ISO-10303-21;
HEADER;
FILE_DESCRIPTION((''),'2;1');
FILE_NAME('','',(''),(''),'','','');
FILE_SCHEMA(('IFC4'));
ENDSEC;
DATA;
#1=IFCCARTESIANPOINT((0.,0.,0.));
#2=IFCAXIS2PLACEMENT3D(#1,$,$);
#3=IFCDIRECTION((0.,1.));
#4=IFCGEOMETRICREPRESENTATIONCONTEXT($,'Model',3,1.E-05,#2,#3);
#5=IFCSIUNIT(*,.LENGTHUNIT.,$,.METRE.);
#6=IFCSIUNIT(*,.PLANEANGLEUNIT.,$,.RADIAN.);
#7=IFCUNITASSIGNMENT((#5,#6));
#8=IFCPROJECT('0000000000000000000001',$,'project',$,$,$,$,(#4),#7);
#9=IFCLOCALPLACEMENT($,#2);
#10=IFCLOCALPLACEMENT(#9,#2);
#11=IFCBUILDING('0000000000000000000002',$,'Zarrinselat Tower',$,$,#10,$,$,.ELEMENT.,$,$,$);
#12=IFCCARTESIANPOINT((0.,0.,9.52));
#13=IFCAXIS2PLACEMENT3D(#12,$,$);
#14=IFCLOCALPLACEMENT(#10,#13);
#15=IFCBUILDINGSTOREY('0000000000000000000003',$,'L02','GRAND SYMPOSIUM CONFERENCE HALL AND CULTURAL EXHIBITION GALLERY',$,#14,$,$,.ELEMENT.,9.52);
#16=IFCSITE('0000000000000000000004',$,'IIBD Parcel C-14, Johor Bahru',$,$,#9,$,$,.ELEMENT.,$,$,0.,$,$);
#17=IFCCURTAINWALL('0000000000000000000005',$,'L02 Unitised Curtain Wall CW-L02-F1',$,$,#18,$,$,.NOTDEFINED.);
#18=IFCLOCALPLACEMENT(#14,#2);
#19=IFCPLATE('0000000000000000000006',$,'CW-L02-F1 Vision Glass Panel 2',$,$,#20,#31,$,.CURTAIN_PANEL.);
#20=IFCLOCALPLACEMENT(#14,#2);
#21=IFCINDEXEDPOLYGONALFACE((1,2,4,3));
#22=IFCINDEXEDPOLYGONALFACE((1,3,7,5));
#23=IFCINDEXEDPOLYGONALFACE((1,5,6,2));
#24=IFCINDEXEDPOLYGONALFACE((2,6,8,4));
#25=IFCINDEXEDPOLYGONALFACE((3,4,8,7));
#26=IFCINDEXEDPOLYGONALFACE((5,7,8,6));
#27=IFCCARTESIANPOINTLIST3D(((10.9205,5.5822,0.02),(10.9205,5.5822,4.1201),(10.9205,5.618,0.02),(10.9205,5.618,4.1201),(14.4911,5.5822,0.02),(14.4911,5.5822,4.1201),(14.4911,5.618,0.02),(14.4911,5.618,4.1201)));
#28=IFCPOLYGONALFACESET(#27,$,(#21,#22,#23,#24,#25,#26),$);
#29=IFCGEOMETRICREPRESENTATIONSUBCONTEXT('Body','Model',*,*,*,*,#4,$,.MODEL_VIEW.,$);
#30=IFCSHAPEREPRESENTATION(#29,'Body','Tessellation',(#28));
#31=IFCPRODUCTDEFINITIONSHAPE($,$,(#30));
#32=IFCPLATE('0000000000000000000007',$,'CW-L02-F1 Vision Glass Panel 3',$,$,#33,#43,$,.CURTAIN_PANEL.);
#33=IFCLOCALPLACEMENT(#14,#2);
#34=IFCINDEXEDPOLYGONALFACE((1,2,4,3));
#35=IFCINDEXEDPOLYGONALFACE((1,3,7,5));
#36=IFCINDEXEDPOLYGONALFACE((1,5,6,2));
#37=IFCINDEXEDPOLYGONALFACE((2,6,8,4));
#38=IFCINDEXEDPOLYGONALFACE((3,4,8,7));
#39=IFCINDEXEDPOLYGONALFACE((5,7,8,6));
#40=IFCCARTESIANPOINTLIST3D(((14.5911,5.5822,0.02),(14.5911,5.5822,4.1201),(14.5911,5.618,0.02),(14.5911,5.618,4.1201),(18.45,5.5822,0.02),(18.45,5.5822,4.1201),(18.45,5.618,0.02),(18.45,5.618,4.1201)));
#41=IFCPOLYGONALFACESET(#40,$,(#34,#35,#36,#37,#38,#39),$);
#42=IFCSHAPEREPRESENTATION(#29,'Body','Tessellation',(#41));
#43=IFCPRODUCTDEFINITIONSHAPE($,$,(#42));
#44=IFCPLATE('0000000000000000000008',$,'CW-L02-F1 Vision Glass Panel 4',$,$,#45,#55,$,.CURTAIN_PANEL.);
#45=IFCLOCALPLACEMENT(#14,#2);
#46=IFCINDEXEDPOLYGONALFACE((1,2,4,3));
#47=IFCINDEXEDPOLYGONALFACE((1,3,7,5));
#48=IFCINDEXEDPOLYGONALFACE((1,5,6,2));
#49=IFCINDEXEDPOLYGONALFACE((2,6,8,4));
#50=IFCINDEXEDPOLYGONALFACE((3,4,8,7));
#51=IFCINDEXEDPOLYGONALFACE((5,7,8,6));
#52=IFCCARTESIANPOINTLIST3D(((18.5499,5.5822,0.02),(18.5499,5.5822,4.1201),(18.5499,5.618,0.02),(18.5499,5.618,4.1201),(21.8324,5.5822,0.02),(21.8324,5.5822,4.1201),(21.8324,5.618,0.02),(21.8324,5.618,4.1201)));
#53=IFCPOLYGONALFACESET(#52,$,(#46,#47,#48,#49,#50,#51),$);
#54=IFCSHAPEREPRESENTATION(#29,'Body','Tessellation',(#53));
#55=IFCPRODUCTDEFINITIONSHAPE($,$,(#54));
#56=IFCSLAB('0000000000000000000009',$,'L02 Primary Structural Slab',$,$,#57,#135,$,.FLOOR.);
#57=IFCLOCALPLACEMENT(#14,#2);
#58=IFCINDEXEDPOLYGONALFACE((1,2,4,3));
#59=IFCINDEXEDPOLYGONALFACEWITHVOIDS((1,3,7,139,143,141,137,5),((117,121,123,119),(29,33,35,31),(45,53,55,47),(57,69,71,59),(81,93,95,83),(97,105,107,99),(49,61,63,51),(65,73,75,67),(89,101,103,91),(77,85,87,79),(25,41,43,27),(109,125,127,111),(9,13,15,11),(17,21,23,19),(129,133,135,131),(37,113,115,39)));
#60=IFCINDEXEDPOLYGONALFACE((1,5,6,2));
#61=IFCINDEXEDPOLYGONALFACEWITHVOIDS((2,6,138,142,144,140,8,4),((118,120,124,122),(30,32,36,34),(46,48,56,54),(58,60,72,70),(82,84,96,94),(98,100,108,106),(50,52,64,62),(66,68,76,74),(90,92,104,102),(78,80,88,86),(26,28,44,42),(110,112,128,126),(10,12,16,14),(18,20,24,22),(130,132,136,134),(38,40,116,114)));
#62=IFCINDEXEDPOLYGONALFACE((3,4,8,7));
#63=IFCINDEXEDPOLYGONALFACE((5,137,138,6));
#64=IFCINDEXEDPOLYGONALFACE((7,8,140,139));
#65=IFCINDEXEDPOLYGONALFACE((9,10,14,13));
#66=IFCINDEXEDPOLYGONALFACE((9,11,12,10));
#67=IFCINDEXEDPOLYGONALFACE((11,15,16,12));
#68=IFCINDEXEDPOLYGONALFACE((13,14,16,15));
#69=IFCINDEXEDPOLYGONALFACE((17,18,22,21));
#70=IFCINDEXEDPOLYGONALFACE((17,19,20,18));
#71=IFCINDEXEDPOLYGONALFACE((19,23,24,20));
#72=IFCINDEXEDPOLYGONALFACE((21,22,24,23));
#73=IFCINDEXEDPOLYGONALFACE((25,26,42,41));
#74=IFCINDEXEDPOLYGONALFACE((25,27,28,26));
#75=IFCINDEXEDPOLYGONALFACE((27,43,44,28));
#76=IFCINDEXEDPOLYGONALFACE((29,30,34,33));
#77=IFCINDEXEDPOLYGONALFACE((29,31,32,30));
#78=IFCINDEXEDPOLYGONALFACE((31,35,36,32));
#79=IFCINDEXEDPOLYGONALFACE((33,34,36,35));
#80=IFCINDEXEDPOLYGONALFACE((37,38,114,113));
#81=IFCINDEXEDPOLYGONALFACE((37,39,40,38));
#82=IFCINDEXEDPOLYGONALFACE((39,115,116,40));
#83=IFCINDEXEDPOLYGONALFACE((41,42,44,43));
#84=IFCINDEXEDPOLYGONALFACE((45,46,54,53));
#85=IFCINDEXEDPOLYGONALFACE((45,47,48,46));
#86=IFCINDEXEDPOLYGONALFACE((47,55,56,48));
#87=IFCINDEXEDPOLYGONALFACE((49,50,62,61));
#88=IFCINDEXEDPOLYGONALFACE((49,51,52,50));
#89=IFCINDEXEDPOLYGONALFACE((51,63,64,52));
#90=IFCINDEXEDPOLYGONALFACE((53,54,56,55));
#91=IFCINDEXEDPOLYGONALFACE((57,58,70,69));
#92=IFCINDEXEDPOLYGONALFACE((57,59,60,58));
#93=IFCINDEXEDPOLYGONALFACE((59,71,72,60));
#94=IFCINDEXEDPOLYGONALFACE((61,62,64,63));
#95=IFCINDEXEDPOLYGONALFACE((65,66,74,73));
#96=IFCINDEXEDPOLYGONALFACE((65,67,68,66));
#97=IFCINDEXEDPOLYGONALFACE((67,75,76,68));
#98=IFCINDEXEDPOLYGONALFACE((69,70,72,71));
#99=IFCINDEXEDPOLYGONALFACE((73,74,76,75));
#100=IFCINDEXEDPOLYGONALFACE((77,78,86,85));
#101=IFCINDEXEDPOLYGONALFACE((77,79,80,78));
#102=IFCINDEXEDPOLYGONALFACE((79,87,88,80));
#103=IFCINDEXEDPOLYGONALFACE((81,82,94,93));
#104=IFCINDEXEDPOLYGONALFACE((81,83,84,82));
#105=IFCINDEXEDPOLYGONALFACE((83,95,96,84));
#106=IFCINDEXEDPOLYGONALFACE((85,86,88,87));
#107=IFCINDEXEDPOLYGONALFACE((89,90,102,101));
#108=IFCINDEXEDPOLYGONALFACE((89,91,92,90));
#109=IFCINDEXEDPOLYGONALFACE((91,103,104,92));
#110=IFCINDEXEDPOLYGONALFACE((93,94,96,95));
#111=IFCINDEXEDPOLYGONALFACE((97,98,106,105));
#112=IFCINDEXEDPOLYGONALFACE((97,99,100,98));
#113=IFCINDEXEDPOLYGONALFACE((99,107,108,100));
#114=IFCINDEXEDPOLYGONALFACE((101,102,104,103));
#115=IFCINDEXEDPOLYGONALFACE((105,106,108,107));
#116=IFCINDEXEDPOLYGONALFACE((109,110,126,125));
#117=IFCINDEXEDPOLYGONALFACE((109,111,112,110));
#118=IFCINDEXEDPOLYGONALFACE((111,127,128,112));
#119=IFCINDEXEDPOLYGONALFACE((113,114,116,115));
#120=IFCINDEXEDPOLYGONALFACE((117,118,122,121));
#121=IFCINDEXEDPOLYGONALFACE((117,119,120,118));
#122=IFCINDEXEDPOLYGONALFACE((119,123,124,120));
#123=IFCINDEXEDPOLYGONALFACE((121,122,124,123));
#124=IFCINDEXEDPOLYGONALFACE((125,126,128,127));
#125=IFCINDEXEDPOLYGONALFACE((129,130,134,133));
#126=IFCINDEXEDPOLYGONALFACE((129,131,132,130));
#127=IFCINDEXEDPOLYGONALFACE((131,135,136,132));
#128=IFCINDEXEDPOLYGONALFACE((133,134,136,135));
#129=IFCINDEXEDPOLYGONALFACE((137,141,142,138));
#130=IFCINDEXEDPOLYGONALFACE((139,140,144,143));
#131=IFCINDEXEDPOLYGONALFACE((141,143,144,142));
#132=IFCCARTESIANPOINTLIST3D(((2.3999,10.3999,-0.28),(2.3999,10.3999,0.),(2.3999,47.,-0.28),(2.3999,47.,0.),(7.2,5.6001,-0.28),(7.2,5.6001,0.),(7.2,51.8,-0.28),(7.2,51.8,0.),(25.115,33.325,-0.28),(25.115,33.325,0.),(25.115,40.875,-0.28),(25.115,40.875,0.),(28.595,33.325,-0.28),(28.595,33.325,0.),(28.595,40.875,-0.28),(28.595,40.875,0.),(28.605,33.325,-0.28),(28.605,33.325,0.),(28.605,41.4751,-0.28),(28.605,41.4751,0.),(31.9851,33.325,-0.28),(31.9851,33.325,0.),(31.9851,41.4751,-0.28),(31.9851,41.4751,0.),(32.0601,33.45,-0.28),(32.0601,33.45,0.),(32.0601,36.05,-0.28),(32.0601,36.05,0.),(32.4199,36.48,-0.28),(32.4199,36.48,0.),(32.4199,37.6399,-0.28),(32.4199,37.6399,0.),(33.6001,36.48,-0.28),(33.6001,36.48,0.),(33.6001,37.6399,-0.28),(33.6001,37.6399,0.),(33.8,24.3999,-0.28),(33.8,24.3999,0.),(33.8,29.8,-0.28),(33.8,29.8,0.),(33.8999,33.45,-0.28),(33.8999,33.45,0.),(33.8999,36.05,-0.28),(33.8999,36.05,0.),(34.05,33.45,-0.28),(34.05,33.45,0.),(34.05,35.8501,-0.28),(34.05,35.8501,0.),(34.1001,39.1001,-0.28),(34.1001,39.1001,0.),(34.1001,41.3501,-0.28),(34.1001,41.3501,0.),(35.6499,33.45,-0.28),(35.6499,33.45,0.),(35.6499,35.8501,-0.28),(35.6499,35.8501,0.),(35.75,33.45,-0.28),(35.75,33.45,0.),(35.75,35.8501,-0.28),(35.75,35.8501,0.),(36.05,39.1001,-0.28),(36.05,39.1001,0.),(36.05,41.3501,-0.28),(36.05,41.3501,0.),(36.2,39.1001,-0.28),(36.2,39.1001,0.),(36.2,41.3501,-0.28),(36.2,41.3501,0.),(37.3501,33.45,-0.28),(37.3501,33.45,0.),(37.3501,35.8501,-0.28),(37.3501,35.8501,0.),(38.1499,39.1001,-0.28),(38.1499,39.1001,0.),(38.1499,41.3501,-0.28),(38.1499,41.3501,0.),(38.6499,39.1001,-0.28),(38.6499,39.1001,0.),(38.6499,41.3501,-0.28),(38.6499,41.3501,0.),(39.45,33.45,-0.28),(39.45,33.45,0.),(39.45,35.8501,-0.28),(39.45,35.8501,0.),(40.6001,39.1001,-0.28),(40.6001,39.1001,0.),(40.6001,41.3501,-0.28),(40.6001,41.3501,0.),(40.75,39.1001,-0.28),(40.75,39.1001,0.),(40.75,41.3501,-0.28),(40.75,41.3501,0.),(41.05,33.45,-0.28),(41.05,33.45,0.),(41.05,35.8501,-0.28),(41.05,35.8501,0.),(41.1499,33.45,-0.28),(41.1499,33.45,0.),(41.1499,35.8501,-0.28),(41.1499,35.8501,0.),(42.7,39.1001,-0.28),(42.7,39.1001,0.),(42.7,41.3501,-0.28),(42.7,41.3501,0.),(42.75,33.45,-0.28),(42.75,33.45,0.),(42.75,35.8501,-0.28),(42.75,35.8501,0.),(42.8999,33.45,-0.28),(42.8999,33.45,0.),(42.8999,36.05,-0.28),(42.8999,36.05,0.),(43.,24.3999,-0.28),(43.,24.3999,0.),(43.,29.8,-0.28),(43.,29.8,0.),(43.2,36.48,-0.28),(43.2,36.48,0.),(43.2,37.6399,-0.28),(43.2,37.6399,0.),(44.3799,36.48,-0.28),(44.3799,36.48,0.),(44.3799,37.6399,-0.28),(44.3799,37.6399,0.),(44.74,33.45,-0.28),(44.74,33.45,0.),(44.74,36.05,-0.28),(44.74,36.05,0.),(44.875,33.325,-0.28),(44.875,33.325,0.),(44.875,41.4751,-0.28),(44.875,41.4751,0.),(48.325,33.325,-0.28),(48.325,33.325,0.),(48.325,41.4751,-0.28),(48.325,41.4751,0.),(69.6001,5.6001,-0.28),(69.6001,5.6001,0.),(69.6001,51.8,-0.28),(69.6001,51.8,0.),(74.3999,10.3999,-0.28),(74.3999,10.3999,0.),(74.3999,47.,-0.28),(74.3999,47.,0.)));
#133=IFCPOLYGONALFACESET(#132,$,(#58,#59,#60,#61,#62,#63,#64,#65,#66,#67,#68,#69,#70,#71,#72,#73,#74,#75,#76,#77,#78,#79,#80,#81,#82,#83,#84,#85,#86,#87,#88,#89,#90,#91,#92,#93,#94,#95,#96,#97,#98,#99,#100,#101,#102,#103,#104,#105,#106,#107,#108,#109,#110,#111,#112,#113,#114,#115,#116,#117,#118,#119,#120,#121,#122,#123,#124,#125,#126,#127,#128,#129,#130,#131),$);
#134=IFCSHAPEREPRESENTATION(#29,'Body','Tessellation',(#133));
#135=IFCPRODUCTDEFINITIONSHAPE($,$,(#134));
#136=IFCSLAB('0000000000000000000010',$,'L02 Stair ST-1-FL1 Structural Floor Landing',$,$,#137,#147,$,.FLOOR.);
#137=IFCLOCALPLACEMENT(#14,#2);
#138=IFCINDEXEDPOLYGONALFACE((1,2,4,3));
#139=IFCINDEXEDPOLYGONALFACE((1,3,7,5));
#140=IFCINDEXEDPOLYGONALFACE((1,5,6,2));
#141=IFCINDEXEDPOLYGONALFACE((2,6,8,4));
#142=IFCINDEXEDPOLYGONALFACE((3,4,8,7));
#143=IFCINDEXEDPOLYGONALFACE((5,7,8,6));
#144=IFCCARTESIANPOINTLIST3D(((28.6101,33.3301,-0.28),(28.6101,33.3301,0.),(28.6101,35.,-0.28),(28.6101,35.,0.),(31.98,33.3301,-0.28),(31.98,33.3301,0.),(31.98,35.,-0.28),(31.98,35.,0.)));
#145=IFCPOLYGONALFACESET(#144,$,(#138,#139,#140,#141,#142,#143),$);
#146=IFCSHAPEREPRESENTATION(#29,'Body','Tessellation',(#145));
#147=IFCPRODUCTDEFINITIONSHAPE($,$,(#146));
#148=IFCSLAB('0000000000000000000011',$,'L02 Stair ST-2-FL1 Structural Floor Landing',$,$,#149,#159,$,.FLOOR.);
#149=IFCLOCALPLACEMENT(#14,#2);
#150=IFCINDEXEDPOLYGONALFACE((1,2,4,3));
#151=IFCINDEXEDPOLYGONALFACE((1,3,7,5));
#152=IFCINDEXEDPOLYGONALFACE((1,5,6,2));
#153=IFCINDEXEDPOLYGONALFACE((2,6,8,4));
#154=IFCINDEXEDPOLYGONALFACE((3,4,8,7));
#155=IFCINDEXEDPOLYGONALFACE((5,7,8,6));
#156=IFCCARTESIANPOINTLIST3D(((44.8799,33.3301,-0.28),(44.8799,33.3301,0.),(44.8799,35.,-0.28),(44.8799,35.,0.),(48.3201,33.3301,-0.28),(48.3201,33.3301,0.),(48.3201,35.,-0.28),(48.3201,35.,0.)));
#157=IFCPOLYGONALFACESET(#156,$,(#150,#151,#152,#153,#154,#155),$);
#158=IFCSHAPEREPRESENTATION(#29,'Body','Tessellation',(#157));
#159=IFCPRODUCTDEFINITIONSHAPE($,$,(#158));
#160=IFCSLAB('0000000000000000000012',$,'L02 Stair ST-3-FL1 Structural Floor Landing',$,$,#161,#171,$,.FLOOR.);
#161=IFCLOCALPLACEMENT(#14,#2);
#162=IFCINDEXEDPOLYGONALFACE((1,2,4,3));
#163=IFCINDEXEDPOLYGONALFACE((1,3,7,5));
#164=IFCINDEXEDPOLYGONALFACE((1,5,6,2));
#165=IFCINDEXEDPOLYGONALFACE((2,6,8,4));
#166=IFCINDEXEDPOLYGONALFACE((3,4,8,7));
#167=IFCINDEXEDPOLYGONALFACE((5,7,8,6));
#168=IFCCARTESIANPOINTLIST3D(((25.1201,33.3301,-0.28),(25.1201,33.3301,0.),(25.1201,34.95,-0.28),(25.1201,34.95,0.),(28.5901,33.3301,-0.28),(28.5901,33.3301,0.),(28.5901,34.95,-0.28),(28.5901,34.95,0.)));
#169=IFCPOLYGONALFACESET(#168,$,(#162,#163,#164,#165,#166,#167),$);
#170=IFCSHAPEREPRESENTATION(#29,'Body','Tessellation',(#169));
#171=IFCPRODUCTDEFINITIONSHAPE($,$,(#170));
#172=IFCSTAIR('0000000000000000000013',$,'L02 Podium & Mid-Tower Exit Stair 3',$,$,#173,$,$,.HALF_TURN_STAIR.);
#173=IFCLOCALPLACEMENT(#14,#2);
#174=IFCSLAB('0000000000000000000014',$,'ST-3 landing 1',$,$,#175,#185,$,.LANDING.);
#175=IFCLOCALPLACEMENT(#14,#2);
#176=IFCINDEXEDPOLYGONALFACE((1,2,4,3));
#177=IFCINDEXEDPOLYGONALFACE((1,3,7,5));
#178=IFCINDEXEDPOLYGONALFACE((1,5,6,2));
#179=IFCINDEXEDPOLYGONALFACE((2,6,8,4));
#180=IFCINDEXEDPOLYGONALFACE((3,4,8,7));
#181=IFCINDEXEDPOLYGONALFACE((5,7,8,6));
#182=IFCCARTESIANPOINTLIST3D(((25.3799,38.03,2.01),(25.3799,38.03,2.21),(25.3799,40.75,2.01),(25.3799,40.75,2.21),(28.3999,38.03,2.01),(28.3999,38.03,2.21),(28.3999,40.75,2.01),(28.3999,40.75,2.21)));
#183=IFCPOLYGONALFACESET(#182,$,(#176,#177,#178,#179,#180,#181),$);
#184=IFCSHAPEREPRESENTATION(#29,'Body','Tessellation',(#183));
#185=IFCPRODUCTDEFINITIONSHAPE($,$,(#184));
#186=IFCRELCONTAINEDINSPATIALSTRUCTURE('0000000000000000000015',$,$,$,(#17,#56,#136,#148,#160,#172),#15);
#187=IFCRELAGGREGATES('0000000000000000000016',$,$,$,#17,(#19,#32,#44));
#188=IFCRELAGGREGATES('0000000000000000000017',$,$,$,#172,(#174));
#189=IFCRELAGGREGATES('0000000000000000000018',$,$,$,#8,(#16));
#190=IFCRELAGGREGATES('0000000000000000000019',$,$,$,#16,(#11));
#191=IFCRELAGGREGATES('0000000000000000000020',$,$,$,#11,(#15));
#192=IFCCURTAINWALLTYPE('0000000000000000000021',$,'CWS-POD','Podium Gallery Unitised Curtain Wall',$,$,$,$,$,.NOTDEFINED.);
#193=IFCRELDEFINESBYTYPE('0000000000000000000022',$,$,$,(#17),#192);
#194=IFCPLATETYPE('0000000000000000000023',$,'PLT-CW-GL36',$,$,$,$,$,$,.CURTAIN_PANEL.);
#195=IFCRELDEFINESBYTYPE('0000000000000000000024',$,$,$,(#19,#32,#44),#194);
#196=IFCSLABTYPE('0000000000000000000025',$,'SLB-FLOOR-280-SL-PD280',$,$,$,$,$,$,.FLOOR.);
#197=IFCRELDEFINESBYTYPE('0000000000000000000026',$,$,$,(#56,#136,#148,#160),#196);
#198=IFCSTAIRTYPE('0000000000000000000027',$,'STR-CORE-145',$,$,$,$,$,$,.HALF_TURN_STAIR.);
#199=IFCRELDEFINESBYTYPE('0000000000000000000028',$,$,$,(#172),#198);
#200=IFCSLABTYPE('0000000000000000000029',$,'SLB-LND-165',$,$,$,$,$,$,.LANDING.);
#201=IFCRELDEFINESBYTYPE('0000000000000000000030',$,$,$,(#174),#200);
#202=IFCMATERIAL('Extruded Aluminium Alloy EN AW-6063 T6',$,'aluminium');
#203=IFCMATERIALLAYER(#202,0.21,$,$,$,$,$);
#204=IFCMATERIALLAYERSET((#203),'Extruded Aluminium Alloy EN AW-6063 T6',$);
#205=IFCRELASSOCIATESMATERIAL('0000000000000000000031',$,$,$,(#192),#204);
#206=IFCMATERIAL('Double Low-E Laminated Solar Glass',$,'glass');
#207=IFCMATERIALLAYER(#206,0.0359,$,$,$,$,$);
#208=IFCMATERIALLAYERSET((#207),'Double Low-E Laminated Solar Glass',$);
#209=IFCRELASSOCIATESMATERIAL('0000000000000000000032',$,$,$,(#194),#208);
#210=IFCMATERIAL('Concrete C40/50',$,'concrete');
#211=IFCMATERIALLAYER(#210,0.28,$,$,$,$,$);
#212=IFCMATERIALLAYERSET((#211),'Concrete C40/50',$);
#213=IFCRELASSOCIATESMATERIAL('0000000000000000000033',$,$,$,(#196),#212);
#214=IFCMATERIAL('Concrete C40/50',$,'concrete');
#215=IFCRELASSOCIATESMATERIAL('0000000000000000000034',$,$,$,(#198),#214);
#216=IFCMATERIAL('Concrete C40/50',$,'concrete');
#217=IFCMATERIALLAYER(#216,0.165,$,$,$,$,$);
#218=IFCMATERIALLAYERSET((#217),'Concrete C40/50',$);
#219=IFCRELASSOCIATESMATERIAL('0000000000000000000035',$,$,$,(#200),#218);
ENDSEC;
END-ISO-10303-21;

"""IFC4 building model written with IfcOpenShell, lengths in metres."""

from ifc_helpers import new_model, si_unit, direction, frame, origin, origin_2d, place, context, subcontext, project, spatial, polyline, rectangle, outline, extrude, material, layer, layer_set, type_object, element, aggregate, save


model = new_model("IFC4")

# Units and contexts
model_context = context("Model", 3, precision=1e-05, world=origin(), true_north=direction((0.0, 1.0)))
body_context = subcontext(model_context, "Body", "Model", "MODEL_VIEW")
ifc_project = project(units=[si_unit("LENGTHUNIT", "METRE"), si_unit("PLANEANGLEUNIT", "RADIAN")], contexts=[model_context])

# Site, building, storey
site_placement = place(None, origin())
site = spatial("IfcSite", under=ifc_project, at=site_placement, Name="IIBD Parcel C-14, Johor Bahru", CompositionType="ELEMENT", RefElevation=0.0)
building_placement = place(site_placement, origin())
building = spatial("IfcBuilding", under=site, at=building_placement, Name="Zarrinselat Tower", CompositionType="ELEMENT")
storey_placement = place(building_placement, frame((0.0, 0.0, 9.52)))
storey = spatial("IfcBuildingStorey", under=building, at=storey_placement, Name="L02", Description="GRAND SYMPOSIUM CONFERENCE HALL AND CULTURAL EXHIBITION GALLERY", CompositionType="ELEMENT", Elevation=9.52)

# Curtain wall
ifc_material_1 = material(Name="Extruded Aluminium Alloy EN AW-6063 T6", Category="aluminium")
ifc_layer_1 = layer(ifc_material_1, 0.21)
ifc_layer_set_1 = layer_set([ifc_layer_1], Name="Extruded Aluminium Alloy EN AW-6063 T6")
curtain_wall_type = type_object("IfcCurtainWallType", Name="CWS-POD", Description="Podium Gallery Unitised Curtain Wall", PredefinedType="NOTDEFINED", material=ifc_layer_set_1)
curtain_wall_1_placement = place(storey_placement, origin())
curtain_wall_1 = element("IfcCurtainWall", 1, at=curtain_wall_1_placement, inside=storey, type_object=curtain_wall_type, Name="L02 Unitised Curtain Wall CW-L02-F1", PredefinedType="NOTDEFINED")

# Plates
ifc_material_2 = material(Name="Double Low-E Laminated Solar Glass", Category="glass")
ifc_layer_2 = layer(ifc_material_2, 0.0359)
ifc_layer_set_2 = layer_set([ifc_layer_2], Name="Double Low-E Laminated Solar Glass")
plate_type = type_object("IfcPlateType", Name="PLT-CW-GL36", PredefinedType="CURTAIN_PANEL", material=ifc_layer_set_2)
plate_1_placement = place(storey_placement, frame((12.7058, 5.6001, 0.02), z_axis=(0.0, 0.0, 1.0), x_axis=(1.0, 0.0, 0.0)))
plate_1 = element("IfcPlate", 2, at=plate_1_placement, type_object=plate_type, Name="CW-L02-F1 Vision Glass Panel 2", PredefinedType="CURTAIN_PANEL", context=body_context, shape_type="SweptSolid", body=[
    extrude(rectangle(XDim=3.5706, YDim=0.0359, at=origin_2d()), origin(), (0.0, 0.0, 1.0), 4.1001),
])
plate_2_placement = place(storey_placement, frame((16.5205, 5.6001, 0.02), z_axis=(0.0, 0.0, 1.0), x_axis=(1.0, 0.0, 0.0)))
plate_2 = element("IfcPlate", 3, at=plate_2_placement, type_object=plate_type, Name="CW-L02-F1 Vision Glass Panel 3", PredefinedType="CURTAIN_PANEL", context=body_context, shape_type="SweptSolid", body=[
    extrude(rectangle(XDim=3.8589, YDim=0.0359, at=origin_2d()), origin(), (0.0, 0.0, 1.0), 4.1001),
])
plate_3_placement = place(storey_placement, frame((20.1912, 5.6001, 0.02), z_axis=(0.0, 0.0, 1.0), x_axis=(1.0, 0.0, 0.0)))
plate_3 = element("IfcPlate", 4, at=plate_3_placement, type_object=plate_type, Name="CW-L02-F1 Vision Glass Panel 4", PredefinedType="CURTAIN_PANEL", context=body_context, shape_type="SweptSolid", body=[
    extrude(rectangle(XDim=3.2825, YDim=0.0359, at=origin_2d()), origin(), (0.0, 0.0, 1.0), 4.1001),
])
aggregate(curtain_wall_1, [plate_1, plate_2, plate_3])

# Slabs
ifc_material_3 = material(Name="Concrete C40/50", Category="concrete")
ifc_layer_3 = layer(ifc_material_3, 0.28)
ifc_layer_set_3 = layer_set([ifc_layer_3], Name="Concrete C40/50")
slab_type_1 = type_object("IfcSlabType", Name="SLB-FLOOR-280-SL-PD280", PredefinedType="FLOOR", material=ifc_layer_set_3)
slab_1_placement = place(storey_placement, frame((0.0, 0.0, -0.28)))
element("IfcSlab", 5, at=slab_1_placement, inside=storey, type_object=slab_type_1, Name="L02 Primary Structural Slab", PredefinedType="FLOOR", context=body_context, shape_type="SweptSolid", body=[
    extrude(outline(polyline([(7.2, 5.6001), (69.6001, 5.6001), (74.3999, 10.3999), (74.3999, 47.0), (69.6001, 51.8), (7.2, 51.8), (2.3999, 47.0), (2.3999, 10.3999), (7.2, 5.6001)]), holes=[polyline([(34.05, 33.45), (34.05, 35.8501), (35.6499, 35.8501), (35.6499, 33.45), (34.05, 33.45)]), polyline([(35.75, 33.45), (35.75, 35.8501), (37.3501, 35.8501), (37.3501, 33.45), (35.75, 33.45)]), polyline([(32.0601, 33.45), (32.0601, 36.05), (33.8999, 36.05), (33.8999, 33.45), (32.0601, 33.45)]), polyline([(32.4199, 36.48), (32.4199, 37.6399), (33.6001, 37.6399), (33.6001, 36.48), (32.4199, 36.48)]), polyline([(28.595, 33.325), (25.115, 33.325), (25.115, 40.875), (28.595, 40.875), (28.595, 33.325)]), polyline([(31.9851, 33.325), (28.605, 33.325), (28.605, 41.4751), (31.9851, 41.4751), (31.9851, 33.325)]), polyline([(34.1001, 39.1001), (34.1001, 41.3501), (36.05, 41.3501), (36.05, 39.1001), (34.1001, 39.1001)]), polyline([(36.2, 39.1001), (36.2, 41.3501), (38.1499, 41.3501), (38.1499, 39.1001), (36.2, 39.1001)]), polyline([(33.8, 24.3999), (33.8, 29.8), (43.0, 29.8), (43.0, 24.3999), (33.8, 24.3999)]), polyline([(39.45, 33.45), (39.45, 35.8501), (41.05, 35.8501), (41.05, 33.45), (39.45, 33.45)]), polyline([(41.1499, 33.45), (41.1499, 35.8501), (42.75, 35.8501), (42.75, 33.45), (41.1499, 33.45)]), polyline([(42.8999, 33.45), (42.8999, 36.05), (44.74, 36.05), (44.74, 33.45), (42.8999, 33.45)]), polyline([(43.2, 36.48), (43.2, 37.6399), (44.3799, 37.6399), (44.3799, 36.48), (43.2, 36.48)]), polyline([(48.325, 33.325), (44.875, 33.325), (44.875, 41.4751), (48.325, 41.4751), (48.325, 33.325)]), polyline([(38.6499, 39.1001), (38.6499, 41.3501), (40.6001, 41.3501), (40.6001, 39.1001), (38.6499, 39.1001)]), polyline([(40.75, 39.1001), (40.75, 41.3501), (42.7, 41.3501), (42.7, 39.1001), (40.75, 39.1001)])]), origin(), (0.0, 0.0, 1.0), 0.28),
])
slab_2_placement = place(storey_placement, frame((0.0, 0.0, -0.28)))
element("IfcSlab", 6, at=slab_2_placement, inside=storey, type_object=slab_type_1, Name="L02 Stair ST-1-FL1 Structural Floor Landing", PredefinedType="FLOOR", context=body_context, shape_type="SweptSolid", body=[
    extrude(outline(polyline([(31.98, 33.3301), (31.98, 35.0), (28.6101, 35.0), (28.6101, 33.3301), (31.98, 33.3301)])), origin(), (0.0, 0.0, 1.0), 0.28),
])
slab_3_placement = place(storey_placement, frame((0.0, 0.0, -0.28)))
element("IfcSlab", 7, at=slab_3_placement, inside=storey, type_object=slab_type_1, Name="L02 Stair ST-2-FL1 Structural Floor Landing", PredefinedType="FLOOR", context=body_context, shape_type="SweptSolid", body=[
    extrude(outline(polyline([(48.3201, 33.3301), (48.3201, 35.0), (44.8799, 35.0), (44.8799, 33.3301), (48.3201, 33.3301)])), origin(), (0.0, 0.0, 1.0), 0.28),
])
slab_4_placement = place(storey_placement, frame((0.0, 0.0, -0.28)))
element("IfcSlab", 8, at=slab_4_placement, inside=storey, type_object=slab_type_1, Name="L02 Stair ST-3-FL1 Structural Floor Landing", PredefinedType="FLOOR", context=body_context, shape_type="SweptSolid", body=[
    extrude(outline(polyline([(28.5901, 33.3301), (28.5901, 34.95), (25.1201, 34.95), (25.1201, 33.3301), (28.5901, 33.3301)])), origin(), (0.0, 0.0, 1.0), 0.28),
])

# Stair, slab
ifc_material_4 = material(Name="Concrete C40/50", Category="concrete")
stair_type_1 = type_object("IfcStairType", Name="STR-CORE-145", PredefinedType="HALF_TURN_STAIR", material=ifc_material_4)
stair_1_placement = place(storey_placement, origin())
stair_1 = element("IfcStair", 9, at=stair_1_placement, inside=storey, type_object=stair_type_1, Name="L02 Podium & Mid-Tower Exit Stair 3", PredefinedType="HALF_TURN_STAIR")
ifc_material_5 = material(Name="Concrete C40/50", Category="concrete")
ifc_layer_4 = layer(ifc_material_5, 0.165)
ifc_layer_set_4 = layer_set([ifc_layer_4], Name="Concrete C40/50")
slab_type_2 = type_object("IfcSlabType", Name="SLB-LND-165", PredefinedType="LANDING", material=ifc_layer_set_4)
slab_5_placement = place(storey_placement, frame((0.0, 0.0, 2.01)))
slab_5 = element("IfcSlab", 10, at=slab_5_placement, type_object=slab_type_2, Name="ST-3 landing 1", PredefinedType="LANDING", context=body_context, shape_type="SweptSolid", body=[
    extrude(outline(polyline([(28.3999, 38.03), (28.3999, 40.75), (25.3799, 40.75), (25.3799, 38.03), (28.3999, 38.03)])), origin(), (0.0, 0.0, 1.0), 0.2),
])
aggregate(stair_1, [slab_5])

save(model, "model.ifc")
